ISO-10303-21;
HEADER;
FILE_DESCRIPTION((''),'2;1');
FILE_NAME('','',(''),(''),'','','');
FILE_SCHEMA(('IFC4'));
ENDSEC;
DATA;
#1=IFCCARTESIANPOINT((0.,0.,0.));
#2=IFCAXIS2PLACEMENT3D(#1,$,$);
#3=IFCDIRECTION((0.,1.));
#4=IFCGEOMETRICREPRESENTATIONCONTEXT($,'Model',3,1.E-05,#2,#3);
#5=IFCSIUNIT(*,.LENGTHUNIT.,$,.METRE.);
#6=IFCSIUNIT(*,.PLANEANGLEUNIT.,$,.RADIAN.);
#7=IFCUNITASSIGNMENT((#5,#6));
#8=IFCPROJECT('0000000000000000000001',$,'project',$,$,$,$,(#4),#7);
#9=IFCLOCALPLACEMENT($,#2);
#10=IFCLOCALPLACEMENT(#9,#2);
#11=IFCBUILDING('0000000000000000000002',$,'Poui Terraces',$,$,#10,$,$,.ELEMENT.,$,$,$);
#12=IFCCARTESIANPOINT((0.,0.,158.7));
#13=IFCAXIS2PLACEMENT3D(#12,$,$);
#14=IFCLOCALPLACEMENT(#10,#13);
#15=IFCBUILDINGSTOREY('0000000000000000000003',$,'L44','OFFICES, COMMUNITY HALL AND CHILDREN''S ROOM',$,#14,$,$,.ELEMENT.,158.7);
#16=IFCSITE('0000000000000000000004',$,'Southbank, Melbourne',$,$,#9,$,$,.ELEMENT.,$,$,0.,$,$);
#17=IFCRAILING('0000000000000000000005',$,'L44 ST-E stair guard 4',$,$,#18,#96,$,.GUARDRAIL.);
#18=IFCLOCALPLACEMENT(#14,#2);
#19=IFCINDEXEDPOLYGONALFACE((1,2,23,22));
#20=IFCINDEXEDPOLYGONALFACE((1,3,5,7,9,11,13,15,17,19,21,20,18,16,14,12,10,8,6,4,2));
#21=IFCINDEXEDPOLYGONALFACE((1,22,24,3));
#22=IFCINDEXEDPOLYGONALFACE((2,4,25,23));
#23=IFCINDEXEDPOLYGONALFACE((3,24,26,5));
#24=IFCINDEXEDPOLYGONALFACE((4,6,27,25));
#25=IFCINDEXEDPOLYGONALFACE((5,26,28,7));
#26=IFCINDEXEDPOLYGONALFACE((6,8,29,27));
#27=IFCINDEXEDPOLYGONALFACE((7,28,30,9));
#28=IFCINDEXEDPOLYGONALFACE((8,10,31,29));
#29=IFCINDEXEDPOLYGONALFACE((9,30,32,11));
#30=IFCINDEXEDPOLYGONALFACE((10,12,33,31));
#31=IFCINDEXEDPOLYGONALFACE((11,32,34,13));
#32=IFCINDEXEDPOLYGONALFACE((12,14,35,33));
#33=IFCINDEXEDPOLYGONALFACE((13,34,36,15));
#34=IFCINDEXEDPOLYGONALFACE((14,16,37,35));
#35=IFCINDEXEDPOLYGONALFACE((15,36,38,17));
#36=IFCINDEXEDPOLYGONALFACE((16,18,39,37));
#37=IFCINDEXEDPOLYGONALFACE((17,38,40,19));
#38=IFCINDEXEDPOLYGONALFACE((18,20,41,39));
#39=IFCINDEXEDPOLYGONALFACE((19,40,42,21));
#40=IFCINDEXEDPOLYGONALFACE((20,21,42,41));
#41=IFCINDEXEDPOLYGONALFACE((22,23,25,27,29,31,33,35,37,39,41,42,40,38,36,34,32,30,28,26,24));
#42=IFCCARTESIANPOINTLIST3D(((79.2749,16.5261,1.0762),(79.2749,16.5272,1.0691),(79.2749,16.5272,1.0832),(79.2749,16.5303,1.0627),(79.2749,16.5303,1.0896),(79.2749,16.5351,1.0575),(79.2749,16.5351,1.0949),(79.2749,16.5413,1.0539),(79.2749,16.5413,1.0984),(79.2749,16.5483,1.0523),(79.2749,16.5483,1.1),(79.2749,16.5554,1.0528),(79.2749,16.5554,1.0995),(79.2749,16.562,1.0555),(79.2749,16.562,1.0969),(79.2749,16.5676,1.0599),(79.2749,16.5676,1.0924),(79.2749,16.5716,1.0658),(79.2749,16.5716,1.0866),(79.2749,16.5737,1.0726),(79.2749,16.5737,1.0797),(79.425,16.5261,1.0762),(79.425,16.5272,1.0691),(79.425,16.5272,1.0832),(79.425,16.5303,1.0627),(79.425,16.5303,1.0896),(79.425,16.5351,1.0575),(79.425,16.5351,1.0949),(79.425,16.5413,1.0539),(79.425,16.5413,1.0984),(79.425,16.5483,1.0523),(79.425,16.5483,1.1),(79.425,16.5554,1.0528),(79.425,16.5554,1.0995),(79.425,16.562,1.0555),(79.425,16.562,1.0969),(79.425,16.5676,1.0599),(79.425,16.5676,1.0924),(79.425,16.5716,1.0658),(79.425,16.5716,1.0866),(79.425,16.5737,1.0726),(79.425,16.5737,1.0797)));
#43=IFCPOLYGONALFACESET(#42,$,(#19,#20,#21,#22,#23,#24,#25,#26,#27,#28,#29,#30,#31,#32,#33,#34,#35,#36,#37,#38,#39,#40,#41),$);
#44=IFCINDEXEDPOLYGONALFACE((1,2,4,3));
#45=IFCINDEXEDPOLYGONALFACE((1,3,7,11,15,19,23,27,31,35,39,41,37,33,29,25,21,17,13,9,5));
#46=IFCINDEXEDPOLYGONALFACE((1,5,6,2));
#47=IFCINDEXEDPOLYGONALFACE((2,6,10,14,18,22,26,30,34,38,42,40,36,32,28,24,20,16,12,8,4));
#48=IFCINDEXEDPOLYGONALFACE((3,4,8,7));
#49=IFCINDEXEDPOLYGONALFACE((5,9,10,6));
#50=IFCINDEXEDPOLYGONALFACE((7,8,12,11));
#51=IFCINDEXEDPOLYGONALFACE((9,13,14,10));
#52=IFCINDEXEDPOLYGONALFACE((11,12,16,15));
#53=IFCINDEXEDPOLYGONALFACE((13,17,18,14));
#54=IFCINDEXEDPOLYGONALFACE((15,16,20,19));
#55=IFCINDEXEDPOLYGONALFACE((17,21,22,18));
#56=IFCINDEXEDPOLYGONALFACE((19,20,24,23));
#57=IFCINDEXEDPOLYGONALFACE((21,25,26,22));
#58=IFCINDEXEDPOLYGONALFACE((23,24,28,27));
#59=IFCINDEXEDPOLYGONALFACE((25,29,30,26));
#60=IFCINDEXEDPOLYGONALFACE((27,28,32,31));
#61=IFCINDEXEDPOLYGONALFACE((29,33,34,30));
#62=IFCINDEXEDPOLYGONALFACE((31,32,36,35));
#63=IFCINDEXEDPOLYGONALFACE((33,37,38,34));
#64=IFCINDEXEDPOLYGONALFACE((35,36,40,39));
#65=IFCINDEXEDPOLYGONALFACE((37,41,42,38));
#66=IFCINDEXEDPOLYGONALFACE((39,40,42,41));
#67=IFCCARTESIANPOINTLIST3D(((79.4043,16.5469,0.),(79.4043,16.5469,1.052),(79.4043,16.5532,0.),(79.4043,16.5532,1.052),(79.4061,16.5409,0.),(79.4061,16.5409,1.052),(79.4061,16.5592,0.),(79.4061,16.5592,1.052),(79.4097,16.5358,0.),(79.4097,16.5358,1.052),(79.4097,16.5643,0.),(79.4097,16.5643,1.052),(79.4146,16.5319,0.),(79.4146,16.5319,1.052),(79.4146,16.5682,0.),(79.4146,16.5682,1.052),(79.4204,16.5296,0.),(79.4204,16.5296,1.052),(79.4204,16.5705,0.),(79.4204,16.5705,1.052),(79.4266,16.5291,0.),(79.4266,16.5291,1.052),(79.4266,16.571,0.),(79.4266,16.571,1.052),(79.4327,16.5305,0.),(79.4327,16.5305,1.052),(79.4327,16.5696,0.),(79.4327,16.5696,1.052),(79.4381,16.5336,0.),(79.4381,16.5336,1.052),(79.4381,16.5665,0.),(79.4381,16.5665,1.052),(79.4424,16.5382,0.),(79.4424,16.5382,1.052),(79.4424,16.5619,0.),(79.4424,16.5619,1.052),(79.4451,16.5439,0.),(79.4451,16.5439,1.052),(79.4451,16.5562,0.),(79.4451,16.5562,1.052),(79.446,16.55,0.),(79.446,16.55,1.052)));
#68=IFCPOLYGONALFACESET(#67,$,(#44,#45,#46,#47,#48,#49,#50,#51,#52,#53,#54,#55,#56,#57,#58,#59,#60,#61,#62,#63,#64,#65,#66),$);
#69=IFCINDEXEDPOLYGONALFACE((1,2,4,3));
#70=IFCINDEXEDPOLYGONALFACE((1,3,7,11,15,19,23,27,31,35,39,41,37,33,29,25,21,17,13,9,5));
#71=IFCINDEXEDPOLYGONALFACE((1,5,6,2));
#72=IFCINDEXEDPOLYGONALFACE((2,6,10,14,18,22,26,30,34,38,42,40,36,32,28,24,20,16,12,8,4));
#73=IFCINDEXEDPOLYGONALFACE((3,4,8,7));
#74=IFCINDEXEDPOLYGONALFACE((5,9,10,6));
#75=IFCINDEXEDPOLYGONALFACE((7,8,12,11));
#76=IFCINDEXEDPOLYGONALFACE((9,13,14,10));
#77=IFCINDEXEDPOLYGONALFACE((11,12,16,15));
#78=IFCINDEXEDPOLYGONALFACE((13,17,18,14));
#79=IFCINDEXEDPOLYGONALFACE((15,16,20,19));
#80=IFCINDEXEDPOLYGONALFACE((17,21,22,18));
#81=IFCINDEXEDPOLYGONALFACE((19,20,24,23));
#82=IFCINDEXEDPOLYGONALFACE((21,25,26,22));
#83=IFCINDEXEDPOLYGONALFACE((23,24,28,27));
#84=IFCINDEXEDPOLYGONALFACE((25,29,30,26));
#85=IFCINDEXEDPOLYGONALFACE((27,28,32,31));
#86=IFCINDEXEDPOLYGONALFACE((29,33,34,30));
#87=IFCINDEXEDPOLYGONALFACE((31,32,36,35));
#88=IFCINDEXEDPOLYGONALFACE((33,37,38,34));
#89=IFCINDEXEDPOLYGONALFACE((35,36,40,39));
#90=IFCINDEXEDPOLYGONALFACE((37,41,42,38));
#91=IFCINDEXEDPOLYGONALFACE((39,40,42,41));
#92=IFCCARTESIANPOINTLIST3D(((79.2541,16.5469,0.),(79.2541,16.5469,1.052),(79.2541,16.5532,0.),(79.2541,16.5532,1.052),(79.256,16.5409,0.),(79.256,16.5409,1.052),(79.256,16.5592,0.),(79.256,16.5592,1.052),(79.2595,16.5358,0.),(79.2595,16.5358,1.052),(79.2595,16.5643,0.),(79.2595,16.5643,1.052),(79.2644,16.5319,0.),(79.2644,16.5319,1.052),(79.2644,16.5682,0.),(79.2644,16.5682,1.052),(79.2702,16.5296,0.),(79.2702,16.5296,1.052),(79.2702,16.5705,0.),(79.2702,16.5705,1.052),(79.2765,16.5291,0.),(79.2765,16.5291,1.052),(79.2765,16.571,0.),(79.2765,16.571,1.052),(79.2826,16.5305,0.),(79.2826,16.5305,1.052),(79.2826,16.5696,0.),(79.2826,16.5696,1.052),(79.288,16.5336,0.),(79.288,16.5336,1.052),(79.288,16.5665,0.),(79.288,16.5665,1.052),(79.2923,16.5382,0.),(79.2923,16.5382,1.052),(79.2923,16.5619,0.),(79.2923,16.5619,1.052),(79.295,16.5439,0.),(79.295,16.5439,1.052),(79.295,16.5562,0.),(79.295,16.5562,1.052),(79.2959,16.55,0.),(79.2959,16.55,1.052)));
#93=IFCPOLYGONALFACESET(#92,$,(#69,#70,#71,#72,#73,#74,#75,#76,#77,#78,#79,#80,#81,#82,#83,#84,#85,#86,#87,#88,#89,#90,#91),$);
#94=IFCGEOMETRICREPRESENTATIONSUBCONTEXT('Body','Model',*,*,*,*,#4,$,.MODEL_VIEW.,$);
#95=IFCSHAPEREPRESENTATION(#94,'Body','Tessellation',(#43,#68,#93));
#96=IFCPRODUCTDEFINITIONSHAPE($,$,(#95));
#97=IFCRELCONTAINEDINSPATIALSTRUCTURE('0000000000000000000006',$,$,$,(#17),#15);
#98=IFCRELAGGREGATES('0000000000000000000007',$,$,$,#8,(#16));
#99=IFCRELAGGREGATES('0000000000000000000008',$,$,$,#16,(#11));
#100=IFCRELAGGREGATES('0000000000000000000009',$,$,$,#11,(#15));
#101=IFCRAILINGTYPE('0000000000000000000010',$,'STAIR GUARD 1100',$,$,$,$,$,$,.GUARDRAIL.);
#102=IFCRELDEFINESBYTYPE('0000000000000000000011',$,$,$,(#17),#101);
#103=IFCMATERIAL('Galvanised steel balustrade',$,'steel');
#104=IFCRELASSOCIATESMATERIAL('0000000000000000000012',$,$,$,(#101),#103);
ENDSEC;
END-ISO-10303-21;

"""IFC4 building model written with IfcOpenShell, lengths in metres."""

from ifc_helpers import new_model, si_unit, direction, frame, origin, origin_2d, place, context, subcontext, project, spatial, circle, extrude, material, type_object, element, save


model = new_model("IFC4")

# Units and contexts
model_context = context("Model", 3, precision=1e-05, world=origin(), true_north=direction((0.0, 1.0)))
body_context = subcontext(model_context, "Body", "Model", "MODEL_VIEW")
ifc_project = project(units=[si_unit("LENGTHUNIT", "METRE"), si_unit("PLANEANGLEUNIT", "RADIAN")], contexts=[model_context])

# Site, building, storey
site_placement = place(None, origin())
site = spatial("IfcSite", under=ifc_project, at=site_placement, Name="Southbank, Melbourne", CompositionType="ELEMENT", RefElevation=0.0)
building_placement = place(site_placement, origin())
building = spatial("IfcBuilding", under=site, at=building_placement, Name="Poui Terraces", CompositionType="ELEMENT")
storey_placement = place(building_placement, frame((0.0, 0.0, 158.7)))
storey = spatial("IfcBuildingStorey", under=building, at=storey_placement, Name="L44", Description="OFFICES, COMMUNITY HALL AND CHILDREN'S ROOM", CompositionType="ELEMENT", Elevation=158.7)

# Railing
ifc_material_1 = material(Name="Galvanised steel balustrade", Category="steel")
railing_type_1 = type_object("IfcRailingType", Name="STAIR GUARD 1100", PredefinedType="GUARDRAIL", material=ifc_material_1)
railing_1_placement = place(storey_placement, frame((79.425, 16.55, 0.0)))
element("IfcRailing", 1, at=railing_1_placement, inside=storey, type_object=railing_type_1, Name="L44 ST-E stair guard 4", PredefinedType="GUARDRAIL", context=body_context, shape_type="SweptSolid", body=[
    extrude(circle(Radius=0.0239, at=origin_2d()), frame((0.0, 0.0, 1.0762), z_axis=(-1.0, 0.0, 0.0), x_axis=(0.0, -1.0, 0.0)), (0.0, 0.0, 1.0), 0.1501),
    extrude(circle(Radius=0.021, at=origin_2d()), origin(), (0.0, 0.0, 1.0), 1.052),
    extrude(circle(Radius=0.021, at=origin_2d()), frame((-0.1501, 0.0, 0.0)), (0.0, 0.0, 1.0), 1.052),
])

save(model, "model.ifc")
